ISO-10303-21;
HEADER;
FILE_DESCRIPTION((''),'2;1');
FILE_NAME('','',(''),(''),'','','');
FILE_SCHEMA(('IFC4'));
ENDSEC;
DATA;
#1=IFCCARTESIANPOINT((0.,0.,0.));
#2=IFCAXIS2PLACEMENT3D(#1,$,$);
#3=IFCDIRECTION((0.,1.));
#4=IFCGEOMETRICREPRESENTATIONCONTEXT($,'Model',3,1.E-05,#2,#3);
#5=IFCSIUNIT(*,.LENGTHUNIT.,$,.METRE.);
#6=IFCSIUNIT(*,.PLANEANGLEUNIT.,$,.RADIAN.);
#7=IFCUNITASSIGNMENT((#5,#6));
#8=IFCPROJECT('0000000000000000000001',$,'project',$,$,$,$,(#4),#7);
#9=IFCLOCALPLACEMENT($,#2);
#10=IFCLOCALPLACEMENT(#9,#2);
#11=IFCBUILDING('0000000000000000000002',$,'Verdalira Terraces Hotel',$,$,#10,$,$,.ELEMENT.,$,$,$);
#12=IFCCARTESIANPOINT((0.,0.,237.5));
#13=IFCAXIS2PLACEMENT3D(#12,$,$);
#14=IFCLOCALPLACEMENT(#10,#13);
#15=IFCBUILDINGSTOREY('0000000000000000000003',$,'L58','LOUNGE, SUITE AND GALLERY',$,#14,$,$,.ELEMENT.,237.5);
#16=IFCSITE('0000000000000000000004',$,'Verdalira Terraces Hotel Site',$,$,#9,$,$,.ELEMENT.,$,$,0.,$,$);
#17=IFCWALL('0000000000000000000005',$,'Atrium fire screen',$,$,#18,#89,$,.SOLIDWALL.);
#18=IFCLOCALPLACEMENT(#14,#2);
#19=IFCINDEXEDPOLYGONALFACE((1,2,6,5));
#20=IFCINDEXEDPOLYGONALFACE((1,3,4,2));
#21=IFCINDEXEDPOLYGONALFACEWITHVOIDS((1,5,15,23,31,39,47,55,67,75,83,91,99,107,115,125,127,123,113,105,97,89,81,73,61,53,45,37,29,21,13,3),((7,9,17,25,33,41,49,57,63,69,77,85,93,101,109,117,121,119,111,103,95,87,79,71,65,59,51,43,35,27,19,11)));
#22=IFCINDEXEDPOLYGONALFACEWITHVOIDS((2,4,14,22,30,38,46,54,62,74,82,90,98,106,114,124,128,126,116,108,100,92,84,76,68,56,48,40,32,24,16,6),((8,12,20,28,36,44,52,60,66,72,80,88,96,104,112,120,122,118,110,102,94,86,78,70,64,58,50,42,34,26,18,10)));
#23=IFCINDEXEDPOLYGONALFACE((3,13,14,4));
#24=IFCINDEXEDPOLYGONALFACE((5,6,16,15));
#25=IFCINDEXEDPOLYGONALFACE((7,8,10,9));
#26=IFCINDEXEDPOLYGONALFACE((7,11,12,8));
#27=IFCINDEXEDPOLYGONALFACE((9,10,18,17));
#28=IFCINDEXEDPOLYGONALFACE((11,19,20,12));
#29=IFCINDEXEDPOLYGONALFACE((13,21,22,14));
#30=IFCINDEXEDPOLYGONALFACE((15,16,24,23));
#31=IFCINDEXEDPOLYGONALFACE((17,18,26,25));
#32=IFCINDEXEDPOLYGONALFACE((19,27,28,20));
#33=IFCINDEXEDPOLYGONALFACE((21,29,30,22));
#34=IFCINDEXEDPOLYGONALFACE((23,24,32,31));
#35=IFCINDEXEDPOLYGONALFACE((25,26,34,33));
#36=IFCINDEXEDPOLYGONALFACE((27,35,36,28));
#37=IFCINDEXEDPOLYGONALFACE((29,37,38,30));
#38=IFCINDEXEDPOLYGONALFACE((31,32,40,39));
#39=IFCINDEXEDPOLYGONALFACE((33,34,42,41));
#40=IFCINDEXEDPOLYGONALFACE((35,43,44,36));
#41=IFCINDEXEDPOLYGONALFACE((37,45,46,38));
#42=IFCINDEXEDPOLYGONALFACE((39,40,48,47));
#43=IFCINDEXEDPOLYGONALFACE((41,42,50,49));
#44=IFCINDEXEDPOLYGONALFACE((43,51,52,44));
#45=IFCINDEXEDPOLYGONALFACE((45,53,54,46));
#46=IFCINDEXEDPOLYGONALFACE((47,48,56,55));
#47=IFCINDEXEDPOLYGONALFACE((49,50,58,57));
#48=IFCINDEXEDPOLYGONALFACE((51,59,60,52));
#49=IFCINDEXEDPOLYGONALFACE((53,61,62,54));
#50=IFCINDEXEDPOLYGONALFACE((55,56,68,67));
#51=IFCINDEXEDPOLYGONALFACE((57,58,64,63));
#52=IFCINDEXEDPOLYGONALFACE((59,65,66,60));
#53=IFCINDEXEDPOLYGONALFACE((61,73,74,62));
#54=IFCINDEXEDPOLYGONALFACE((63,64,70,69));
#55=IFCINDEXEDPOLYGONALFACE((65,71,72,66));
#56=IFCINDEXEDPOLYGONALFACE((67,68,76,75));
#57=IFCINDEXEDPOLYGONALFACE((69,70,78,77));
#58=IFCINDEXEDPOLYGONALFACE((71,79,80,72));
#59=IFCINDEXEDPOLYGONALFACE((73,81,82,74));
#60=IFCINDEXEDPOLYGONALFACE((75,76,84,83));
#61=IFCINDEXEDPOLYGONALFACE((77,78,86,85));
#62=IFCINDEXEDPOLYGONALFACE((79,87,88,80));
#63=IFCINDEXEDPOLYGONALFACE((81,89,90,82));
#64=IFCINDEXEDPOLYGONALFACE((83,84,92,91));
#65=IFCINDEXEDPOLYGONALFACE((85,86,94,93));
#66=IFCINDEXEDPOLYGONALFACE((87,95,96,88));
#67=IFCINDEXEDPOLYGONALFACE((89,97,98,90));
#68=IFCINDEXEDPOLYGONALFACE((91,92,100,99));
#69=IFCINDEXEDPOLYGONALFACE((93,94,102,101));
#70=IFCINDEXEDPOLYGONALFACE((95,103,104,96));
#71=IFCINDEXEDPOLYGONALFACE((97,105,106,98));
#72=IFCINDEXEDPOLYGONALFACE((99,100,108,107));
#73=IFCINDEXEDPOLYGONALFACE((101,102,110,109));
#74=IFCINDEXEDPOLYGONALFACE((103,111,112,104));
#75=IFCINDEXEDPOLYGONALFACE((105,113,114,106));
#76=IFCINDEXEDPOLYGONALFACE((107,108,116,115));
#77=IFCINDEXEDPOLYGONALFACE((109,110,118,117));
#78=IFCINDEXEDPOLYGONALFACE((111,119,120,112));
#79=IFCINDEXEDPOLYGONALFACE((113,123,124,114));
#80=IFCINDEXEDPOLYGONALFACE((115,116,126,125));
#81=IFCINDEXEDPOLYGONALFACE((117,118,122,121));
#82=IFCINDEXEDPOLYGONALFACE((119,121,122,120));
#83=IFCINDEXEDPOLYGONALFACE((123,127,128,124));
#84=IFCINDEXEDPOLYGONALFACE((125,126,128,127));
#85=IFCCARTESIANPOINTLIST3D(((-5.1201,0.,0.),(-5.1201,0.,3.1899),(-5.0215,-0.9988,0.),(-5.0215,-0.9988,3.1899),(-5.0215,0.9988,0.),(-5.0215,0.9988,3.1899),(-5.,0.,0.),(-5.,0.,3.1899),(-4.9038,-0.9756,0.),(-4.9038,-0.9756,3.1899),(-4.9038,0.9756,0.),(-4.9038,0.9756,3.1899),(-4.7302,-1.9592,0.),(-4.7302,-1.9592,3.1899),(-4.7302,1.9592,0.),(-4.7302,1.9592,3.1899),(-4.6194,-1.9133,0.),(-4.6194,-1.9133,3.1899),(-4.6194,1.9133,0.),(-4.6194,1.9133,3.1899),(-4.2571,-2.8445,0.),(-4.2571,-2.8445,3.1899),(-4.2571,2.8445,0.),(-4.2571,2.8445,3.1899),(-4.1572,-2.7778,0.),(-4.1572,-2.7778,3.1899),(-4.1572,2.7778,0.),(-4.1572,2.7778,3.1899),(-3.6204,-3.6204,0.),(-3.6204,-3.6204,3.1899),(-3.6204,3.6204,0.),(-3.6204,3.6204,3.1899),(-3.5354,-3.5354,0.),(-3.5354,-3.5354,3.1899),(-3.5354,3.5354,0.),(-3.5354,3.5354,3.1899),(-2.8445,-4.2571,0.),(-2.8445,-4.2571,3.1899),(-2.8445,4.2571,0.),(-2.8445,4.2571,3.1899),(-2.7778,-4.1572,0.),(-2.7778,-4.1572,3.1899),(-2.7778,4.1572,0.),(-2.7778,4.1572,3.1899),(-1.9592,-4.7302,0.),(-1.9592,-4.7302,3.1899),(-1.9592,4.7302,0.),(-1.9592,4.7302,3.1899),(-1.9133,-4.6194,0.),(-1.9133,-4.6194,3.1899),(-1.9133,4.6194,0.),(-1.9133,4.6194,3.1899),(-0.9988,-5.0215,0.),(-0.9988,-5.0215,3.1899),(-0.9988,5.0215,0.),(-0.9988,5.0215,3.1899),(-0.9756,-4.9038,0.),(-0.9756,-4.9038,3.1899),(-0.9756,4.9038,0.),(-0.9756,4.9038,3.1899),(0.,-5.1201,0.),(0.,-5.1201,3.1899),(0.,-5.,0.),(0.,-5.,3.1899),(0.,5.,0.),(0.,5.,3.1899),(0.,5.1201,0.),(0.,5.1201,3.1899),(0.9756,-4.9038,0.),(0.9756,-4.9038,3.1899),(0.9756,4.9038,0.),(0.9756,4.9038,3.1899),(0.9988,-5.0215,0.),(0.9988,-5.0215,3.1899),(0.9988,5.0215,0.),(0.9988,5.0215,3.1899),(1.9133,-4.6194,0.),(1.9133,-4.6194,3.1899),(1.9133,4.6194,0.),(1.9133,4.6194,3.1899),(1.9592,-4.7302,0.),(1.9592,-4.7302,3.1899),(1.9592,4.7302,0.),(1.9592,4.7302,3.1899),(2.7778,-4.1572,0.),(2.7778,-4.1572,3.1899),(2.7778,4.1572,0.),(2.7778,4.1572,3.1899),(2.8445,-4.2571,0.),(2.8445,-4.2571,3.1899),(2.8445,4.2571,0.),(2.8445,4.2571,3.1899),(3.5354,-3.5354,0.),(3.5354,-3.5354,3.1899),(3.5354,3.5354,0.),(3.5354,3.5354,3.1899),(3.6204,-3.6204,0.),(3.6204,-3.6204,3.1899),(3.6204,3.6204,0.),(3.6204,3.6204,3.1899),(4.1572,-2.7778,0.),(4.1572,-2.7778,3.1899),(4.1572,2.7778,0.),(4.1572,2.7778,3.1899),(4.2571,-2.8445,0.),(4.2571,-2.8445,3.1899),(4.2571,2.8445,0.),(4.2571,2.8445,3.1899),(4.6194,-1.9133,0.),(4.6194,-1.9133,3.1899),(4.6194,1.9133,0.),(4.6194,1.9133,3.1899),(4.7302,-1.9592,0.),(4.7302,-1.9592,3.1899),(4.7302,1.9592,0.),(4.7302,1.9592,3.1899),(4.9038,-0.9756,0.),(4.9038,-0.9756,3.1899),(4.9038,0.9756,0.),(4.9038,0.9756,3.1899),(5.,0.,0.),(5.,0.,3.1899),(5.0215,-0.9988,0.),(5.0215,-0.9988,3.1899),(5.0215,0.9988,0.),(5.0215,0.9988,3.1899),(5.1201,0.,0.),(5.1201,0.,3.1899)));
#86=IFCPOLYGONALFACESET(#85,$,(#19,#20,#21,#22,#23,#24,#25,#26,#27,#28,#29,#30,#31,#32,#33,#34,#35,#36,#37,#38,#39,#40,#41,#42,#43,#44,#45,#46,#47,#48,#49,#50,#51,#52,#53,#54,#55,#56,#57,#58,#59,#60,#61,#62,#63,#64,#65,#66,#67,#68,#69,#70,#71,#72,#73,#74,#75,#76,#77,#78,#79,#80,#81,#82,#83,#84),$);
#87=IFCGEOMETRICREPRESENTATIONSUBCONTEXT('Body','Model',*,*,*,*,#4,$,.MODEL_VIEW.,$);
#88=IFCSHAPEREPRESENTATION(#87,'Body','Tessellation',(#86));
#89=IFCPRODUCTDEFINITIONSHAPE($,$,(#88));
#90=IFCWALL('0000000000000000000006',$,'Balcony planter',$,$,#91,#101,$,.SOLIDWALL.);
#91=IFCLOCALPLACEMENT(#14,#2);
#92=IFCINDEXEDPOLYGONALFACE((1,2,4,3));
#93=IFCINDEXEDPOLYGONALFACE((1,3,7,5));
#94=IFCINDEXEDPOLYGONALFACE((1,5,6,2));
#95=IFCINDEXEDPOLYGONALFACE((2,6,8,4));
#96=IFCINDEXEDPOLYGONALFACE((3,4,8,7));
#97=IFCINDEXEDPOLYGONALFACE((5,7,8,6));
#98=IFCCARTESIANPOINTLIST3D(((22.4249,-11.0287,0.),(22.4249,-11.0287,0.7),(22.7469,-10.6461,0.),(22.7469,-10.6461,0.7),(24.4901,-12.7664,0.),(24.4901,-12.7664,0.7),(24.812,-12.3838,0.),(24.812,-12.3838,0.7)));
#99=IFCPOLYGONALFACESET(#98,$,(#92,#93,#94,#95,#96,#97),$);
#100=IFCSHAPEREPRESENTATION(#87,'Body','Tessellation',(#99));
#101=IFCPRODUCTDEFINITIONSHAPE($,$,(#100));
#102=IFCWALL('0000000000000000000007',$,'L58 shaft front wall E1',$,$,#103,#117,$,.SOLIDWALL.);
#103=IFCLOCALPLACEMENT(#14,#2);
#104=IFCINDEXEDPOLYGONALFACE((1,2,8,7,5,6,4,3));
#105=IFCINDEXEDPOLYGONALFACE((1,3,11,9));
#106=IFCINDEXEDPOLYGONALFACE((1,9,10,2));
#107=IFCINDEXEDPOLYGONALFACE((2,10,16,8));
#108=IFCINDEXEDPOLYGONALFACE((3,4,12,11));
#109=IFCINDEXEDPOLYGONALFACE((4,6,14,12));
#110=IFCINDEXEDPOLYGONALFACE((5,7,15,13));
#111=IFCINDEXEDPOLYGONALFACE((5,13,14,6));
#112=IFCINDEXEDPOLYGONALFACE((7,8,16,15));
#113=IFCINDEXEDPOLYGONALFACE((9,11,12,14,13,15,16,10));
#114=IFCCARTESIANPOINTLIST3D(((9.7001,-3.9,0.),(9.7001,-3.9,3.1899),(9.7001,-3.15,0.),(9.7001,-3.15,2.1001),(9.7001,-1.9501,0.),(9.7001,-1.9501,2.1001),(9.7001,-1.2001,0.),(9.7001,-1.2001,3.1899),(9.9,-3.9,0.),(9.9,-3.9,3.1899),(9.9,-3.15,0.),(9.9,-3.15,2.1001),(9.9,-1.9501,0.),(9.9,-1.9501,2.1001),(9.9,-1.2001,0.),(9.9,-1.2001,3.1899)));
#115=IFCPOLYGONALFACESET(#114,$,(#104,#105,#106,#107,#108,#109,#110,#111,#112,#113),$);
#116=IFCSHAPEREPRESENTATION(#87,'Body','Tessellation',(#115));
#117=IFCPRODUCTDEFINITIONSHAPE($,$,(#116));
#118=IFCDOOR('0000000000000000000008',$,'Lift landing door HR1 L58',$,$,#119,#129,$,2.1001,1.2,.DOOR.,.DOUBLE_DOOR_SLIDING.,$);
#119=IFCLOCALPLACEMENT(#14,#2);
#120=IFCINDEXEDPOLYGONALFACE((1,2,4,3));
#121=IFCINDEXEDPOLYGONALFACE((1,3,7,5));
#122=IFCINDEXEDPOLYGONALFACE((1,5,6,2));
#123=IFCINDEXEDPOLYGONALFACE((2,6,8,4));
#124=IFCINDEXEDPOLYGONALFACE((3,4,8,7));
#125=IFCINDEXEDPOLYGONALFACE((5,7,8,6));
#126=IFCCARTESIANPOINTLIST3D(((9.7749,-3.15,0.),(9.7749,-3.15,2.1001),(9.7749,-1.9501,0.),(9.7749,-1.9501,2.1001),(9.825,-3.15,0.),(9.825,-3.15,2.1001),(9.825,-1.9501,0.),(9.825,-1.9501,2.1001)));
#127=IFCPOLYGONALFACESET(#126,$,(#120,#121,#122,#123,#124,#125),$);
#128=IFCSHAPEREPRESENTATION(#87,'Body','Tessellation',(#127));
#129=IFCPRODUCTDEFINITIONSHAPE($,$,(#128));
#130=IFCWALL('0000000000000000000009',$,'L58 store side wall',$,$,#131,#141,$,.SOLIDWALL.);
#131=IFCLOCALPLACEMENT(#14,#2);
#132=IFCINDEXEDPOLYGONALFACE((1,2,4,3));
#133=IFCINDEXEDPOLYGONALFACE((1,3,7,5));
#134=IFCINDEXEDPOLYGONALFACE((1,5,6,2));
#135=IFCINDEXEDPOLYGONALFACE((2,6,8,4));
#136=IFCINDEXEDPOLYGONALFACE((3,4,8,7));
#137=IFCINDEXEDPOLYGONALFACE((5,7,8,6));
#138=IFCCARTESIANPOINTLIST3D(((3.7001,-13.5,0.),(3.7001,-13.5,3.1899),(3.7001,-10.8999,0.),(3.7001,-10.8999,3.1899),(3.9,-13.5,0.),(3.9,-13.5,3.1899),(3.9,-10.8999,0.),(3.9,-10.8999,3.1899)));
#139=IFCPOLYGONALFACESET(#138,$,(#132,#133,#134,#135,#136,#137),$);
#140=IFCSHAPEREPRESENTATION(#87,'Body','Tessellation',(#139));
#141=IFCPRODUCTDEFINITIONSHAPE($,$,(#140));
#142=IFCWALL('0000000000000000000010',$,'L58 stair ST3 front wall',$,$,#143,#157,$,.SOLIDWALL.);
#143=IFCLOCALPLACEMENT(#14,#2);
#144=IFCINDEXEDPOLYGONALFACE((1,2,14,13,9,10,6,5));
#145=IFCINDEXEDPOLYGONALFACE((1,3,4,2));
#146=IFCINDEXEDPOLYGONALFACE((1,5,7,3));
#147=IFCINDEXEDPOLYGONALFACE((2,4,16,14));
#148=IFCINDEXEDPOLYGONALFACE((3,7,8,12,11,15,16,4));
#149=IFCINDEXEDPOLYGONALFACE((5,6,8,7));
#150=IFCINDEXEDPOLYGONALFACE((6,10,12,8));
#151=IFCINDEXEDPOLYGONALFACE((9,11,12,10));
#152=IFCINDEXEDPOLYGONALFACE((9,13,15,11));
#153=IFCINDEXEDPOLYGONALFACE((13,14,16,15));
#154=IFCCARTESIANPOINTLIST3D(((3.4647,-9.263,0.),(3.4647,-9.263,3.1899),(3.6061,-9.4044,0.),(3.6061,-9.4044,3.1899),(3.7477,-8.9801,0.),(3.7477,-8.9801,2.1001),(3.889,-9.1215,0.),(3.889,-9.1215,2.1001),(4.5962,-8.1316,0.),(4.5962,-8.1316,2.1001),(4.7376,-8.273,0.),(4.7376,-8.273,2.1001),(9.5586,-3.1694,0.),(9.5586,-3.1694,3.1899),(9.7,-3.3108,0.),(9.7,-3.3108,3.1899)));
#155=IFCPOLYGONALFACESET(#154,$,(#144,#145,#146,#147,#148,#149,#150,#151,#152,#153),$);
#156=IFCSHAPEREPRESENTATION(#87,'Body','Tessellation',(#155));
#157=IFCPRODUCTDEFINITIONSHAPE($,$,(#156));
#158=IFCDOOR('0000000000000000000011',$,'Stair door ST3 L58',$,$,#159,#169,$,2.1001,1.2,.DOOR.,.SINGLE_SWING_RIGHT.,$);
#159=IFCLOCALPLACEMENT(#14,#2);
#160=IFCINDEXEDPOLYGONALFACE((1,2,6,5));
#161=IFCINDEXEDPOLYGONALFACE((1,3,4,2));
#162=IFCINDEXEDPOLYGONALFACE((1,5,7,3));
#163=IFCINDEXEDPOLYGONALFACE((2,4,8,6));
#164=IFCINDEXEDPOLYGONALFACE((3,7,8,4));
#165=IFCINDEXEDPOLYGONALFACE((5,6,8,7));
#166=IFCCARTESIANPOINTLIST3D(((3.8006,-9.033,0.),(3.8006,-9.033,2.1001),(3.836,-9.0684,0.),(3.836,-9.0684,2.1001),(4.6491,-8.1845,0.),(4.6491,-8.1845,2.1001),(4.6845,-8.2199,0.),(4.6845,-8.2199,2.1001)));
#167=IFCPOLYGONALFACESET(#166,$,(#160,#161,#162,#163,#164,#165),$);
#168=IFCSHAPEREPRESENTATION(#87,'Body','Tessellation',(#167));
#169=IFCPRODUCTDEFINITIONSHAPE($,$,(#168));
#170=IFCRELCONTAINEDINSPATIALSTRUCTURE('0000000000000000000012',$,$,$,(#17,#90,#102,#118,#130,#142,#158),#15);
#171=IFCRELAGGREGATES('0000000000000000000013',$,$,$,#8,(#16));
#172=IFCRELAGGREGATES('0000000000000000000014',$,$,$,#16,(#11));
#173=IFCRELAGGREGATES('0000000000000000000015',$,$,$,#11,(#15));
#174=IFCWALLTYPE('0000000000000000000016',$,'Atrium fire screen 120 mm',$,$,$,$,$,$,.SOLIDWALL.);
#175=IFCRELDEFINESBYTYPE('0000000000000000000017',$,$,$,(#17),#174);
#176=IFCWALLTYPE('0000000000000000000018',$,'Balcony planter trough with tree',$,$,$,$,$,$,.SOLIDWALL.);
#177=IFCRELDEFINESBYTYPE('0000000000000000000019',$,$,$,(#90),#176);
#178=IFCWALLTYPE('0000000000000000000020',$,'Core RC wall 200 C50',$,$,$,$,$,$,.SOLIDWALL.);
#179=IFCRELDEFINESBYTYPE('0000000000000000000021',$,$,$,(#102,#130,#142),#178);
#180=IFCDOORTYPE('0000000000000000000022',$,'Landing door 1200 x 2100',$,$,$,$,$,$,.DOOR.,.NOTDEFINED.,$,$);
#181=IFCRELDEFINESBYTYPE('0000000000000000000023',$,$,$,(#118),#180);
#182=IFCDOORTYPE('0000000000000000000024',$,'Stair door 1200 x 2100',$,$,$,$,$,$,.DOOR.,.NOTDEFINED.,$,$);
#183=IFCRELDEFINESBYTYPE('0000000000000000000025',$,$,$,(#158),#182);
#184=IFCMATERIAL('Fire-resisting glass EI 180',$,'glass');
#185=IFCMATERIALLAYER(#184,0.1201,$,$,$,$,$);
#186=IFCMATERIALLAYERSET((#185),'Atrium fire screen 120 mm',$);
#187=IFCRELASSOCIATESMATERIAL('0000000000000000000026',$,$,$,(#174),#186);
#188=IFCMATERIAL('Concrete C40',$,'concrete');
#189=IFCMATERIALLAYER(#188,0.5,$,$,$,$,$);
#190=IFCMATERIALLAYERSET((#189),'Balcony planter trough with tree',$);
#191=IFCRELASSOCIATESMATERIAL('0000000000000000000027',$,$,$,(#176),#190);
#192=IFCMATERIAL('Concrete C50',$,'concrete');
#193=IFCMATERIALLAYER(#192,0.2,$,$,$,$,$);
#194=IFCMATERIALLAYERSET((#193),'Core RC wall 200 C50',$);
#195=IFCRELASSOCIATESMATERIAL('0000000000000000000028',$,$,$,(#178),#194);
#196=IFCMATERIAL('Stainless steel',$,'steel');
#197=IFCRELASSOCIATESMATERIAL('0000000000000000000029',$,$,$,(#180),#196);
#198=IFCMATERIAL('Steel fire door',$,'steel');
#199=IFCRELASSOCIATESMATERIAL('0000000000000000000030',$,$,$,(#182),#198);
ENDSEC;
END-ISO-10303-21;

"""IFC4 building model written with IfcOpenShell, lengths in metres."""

from ifc_helpers import new_model, si_unit, direction, frame, frame_2d, origin, place, context, subcontext, project, spatial, polyline, rectangle, outline, extrude, material, layer, layer_set, type_object, element, fill, save


model = new_model("IFC4")

# Units and contexts
model_context = context("Model", 3, precision=1e-05, world=origin(), true_north=direction((0.0, 1.0)))
body_context = subcontext(model_context, "Body", "Model", "MODEL_VIEW")
ifc_project = project(units=[si_unit("LENGTHUNIT", "METRE"), si_unit("PLANEANGLEUNIT", "RADIAN")], contexts=[model_context])

# Site, building, storey
site_placement = place(None, origin())
site = spatial("IfcSite", under=ifc_project, at=site_placement, Name="Verdalira Terraces Hotel Site", CompositionType="ELEMENT", RefElevation=0.0)
building_placement = place(site_placement, origin())
building = spatial("IfcBuilding", under=site, at=building_placement, Name="Verdalira Terraces Hotel", CompositionType="ELEMENT")
storey_placement = place(building_placement, frame((0.0, 0.0, 237.5)))
storey = spatial("IfcBuildingStorey", under=building, at=storey_placement, Name="L58", Description="LOUNGE, SUITE AND GALLERY", CompositionType="ELEMENT", Elevation=237.5)

# Walls
ifc_material_1 = material(Name="Fire-resisting glass EI 180", Category="glass")
ifc_layer_1 = layer(ifc_material_1, 0.1201)
ifc_layer_set_1 = layer_set([ifc_layer_1], Name="Atrium fire screen 120 mm")
wall_type_1 = type_object("IfcWallType", Name="Atrium fire screen 120 mm", PredefinedType="SOLIDWALL", material=ifc_layer_set_1)
wall_1_placement = place(storey_placement, origin())
element("IfcWall", 1, at=wall_1_placement, inside=storey, type_object=wall_type_1, Name="Atrium fire screen", PredefinedType="SOLIDWALL", context=body_context, shape_type="SweptSolid", body=[
    extrude(outline(polyline([(5.0215, -0.9988), (4.7302, -1.9592), (4.2571, -2.8445), (3.6204, -3.6204), (2.8445, -4.2571), (1.9592, -4.7302), (0.9988, -5.0215), (0.0, -5.1201), (-0.9988, -5.0215), (-1.9592, -4.7302), (-2.8445, -4.2571), (-3.6204, -3.6204), (-4.2571, -2.8445), (-4.7302, -1.9592), (-5.0215, -0.9988), (-5.1201, 0.0), (-5.0215, 0.9988), (-4.7302, 1.9592), (-4.2571, 2.8445), (-3.6204, 3.6204), (-2.8445, 4.2571), (-1.9592, 4.7302), (-0.9988, 5.0215), (0.0, 5.1201), (0.9988, 5.0215), (1.9592, 4.7302), (2.8445, 4.2571), (3.6204, 3.6204), (4.2571, 2.8445), (4.7302, 1.9592), (5.0215, 0.9988), (5.1201, 0.0), (5.0215, -0.9988)]), holes=[polyline([(4.9038, 0.9756), (4.6194, 1.9133), (4.1572, 2.7778), (3.5354, 3.5354), (2.7778, 4.1572), (1.9133, 4.6194), (0.9756, 4.9038), (0.0, 5.0), (-0.9756, 4.9038), (-1.9133, 4.6194), (-2.7778, 4.1572), (-3.5354, 3.5354), (-4.1572, 2.7778), (-4.6194, 1.9133), (-4.9038, 0.9756), (-5.0, 0.0), (-4.9038, -0.9756), (-4.6194, -1.9133), (-4.1572, -2.7778), (-3.5354, -3.5354), (-2.7778, -4.1572), (-1.9133, -4.6194), (-0.9756, -4.9038), (0.0, -5.0), (0.9756, -4.9038), (1.9133, -4.6194), (2.7778, -4.1572), (3.5354, -3.5354), (4.1572, -2.7778), (4.6194, -1.9133), (4.9038, -0.9756), (5.0, 0.0), (4.9038, 0.9756)])]), origin(), (0.0, 0.0, 1.0), 3.1899),
])
ifc_material_2 = material(Name="Concrete C40", Category="concrete")
ifc_layer_2 = layer(ifc_material_2, 0.5)
ifc_layer_set_2 = layer_set([ifc_layer_2], Name="Balcony planter trough with tree")
wall_type_2 = type_object("IfcWallType", Name="Balcony planter trough with tree", PredefinedType="SOLIDWALL", material=ifc_layer_set_2)
wall_2_placement = place(storey_placement, frame((24.6511, -12.5752, 0.0), z_axis=(0.0, 0.0, 1.0), x_axis=(-0.76515, 0.643852, 0.0)))
element("IfcWall", 2, at=wall_2_placement, inside=storey, type_object=wall_type_2, Name="Balcony planter", PredefinedType="SOLIDWALL", context=body_context, shape_type="SweptSolid", body=[
    extrude(rectangle(XDim=2.699, YDim=0.5, at=frame_2d((1.3496, 0.0))), origin(), (0.0, 0.0, 1.0), 0.7),
])

# Wall, opening, door
ifc_material_3 = material(Name="Concrete C50", Category="concrete")
ifc_layer_3 = layer(ifc_material_3, 0.2)
ifc_layer_set_3 = layer_set([ifc_layer_3], Name="Core RC wall 200 C50")
wall_type_3 = type_object("IfcWallType", Name="Core RC wall 200 C50", PredefinedType="SOLIDWALL", material=ifc_layer_set_3)
wall_3_placement = place(storey_placement, frame((9.8, -1.2, 0.0), z_axis=(0.0, 0.0, 1.0), x_axis=(0.0, -1.0, 0.0)))
wall_3 = element("IfcWall", 3, at=wall_3_placement, inside=storey, type_object=wall_type_3, Name="L58 shaft front wall E1", PredefinedType="SOLIDWALL", context=body_context, shape_type="SweptSolid", body=[
    extrude(rectangle(XDim=2.7, YDim=0.2, at=frame_2d((1.3501, 0.0))), origin(), (0.0, 0.0, 1.0), 3.1899),
])
opening_1_placement = place(wall_3_placement, frame((0.75, 0.0, 0.0)))
opening_1 = element("IfcOpeningElement", 4, at=opening_1_placement, cuts=wall_3, PredefinedType="OPENING", context=body_context, shape_type="SweptSolid", body=[
    extrude(rectangle(XDim=1.2, YDim=2.1001, at=frame_2d((0.6001, 1.05))), frame((0.0, 0.1099, 0.0), z_axis=(0.0, -1.0, 0.0), x_axis=(1.0, 0.0, 0.0)), (0.0, 0.0, 1.0), 0.22),
])
ifc_material_4 = material(Name="Stainless steel", Category="steel")
door_type_1 = type_object("IfcDoorType", Name="Landing door 1200 x 2100", OperationType="NOTDEFINED", PredefinedType="DOOR", material=ifc_material_4)
door_1_placement = place(opening_1_placement, origin())
door_1 = element("IfcDoor", 5, at=door_1_placement, inside=storey, type_object=door_type_1, Name="Lift landing door HR1 L58", OperationType="DOUBLE_DOOR_SLIDING", OverallHeight=2.1001, OverallWidth=1.2, PredefinedType="DOOR", context=body_context, shape_type="SweptSolid", body=[
    extrude(rectangle(XDim=1.2, YDim=2.1001, at=frame_2d((0.6001, 1.05))), frame((0.0, 0.0249, 0.0), z_axis=(0.0, -1.0, 0.0), x_axis=(1.0, 0.0, 0.0)), (0.0, 0.0, 1.0), 0.05),
])
fill(opening_1, door_1)

# Wall
wall_4_placement = place(storey_placement, frame((3.8, -10.8999, 0.0), z_axis=(0.0, 0.0, 1.0), x_axis=(0.0, -1.0, 0.0)))
element("IfcWall", 6, at=wall_4_placement, inside=storey, type_object=wall_type_3, Name="L58 store side wall", PredefinedType="SOLIDWALL", context=body_context, shape_type="SweptSolid", body=[
    extrude(rectangle(XDim=2.6001, YDim=0.2, at=frame_2d((1.3, 0.0))), origin(), (0.0, 0.0, 1.0), 3.1899),
])

# Wall, opening, door
wall_5_placement = place(storey_placement, frame((9.6294, -3.24, 0.0), z_axis=(0.0, 0.0, 1.0), x_axis=(-0.707121, -0.707093, 0.0)))
wall_5 = element("IfcWall", 7, at=wall_5_placement, inside=storey, type_object=wall_type_3, Name="L58 stair ST3 front wall", PredefinedType="SOLIDWALL", context=body_context, shape_type="SweptSolid", body=[
    extrude(rectangle(XDim=8.6179, YDim=0.2, at=frame_2d((4.3091, 0.0))), origin(), (0.0, 0.0, 1.0), 3.1899),
])
opening_2_placement = place(wall_5_placement, frame((7.0178, 0.0, 0.0)))
opening_2 = element("IfcOpeningElement", 8, at=opening_2_placement, cuts=wall_5, PredefinedType="OPENING", context=body_context, shape_type="SweptSolid", body=[
    extrude(rectangle(XDim=1.2, YDim=2.1001, at=frame_2d((0.6001, 1.05))), frame((0.0, 0.1099, 0.0), z_axis=(0.0, -1.0, 0.0), x_axis=(1.0, 0.0, 0.0)), (0.0, 0.0, 1.0), 0.22),
])
ifc_material_5 = material(Name="Steel fire door", Category="steel")
door_type_2 = type_object("IfcDoorType", Name="Stair door 1200 x 2100", OperationType="NOTDEFINED", PredefinedType="DOOR", material=ifc_material_5)
door_2_placement = place(opening_2_placement, origin())
door_2 = element("IfcDoor", 9, at=door_2_placement, inside=storey, type_object=door_type_2, Name="Stair door ST3 L58", OperationType="SINGLE_SWING_RIGHT", OverallHeight=2.1001, OverallWidth=1.2, PredefinedType="DOOR", context=body_context, shape_type="SweptSolid", body=[
    extrude(rectangle(XDim=1.2, YDim=2.1001, at=frame_2d((0.6001, 1.05))), frame((0.0, 0.0249, 0.0), z_axis=(0.0, -1.0, 0.0), x_axis=(1.0, 0.0, 0.0)), (0.0, 0.0, 1.0), 0.05),
])
fill(opening_2, door_2)

save(model, "model.ifc")
